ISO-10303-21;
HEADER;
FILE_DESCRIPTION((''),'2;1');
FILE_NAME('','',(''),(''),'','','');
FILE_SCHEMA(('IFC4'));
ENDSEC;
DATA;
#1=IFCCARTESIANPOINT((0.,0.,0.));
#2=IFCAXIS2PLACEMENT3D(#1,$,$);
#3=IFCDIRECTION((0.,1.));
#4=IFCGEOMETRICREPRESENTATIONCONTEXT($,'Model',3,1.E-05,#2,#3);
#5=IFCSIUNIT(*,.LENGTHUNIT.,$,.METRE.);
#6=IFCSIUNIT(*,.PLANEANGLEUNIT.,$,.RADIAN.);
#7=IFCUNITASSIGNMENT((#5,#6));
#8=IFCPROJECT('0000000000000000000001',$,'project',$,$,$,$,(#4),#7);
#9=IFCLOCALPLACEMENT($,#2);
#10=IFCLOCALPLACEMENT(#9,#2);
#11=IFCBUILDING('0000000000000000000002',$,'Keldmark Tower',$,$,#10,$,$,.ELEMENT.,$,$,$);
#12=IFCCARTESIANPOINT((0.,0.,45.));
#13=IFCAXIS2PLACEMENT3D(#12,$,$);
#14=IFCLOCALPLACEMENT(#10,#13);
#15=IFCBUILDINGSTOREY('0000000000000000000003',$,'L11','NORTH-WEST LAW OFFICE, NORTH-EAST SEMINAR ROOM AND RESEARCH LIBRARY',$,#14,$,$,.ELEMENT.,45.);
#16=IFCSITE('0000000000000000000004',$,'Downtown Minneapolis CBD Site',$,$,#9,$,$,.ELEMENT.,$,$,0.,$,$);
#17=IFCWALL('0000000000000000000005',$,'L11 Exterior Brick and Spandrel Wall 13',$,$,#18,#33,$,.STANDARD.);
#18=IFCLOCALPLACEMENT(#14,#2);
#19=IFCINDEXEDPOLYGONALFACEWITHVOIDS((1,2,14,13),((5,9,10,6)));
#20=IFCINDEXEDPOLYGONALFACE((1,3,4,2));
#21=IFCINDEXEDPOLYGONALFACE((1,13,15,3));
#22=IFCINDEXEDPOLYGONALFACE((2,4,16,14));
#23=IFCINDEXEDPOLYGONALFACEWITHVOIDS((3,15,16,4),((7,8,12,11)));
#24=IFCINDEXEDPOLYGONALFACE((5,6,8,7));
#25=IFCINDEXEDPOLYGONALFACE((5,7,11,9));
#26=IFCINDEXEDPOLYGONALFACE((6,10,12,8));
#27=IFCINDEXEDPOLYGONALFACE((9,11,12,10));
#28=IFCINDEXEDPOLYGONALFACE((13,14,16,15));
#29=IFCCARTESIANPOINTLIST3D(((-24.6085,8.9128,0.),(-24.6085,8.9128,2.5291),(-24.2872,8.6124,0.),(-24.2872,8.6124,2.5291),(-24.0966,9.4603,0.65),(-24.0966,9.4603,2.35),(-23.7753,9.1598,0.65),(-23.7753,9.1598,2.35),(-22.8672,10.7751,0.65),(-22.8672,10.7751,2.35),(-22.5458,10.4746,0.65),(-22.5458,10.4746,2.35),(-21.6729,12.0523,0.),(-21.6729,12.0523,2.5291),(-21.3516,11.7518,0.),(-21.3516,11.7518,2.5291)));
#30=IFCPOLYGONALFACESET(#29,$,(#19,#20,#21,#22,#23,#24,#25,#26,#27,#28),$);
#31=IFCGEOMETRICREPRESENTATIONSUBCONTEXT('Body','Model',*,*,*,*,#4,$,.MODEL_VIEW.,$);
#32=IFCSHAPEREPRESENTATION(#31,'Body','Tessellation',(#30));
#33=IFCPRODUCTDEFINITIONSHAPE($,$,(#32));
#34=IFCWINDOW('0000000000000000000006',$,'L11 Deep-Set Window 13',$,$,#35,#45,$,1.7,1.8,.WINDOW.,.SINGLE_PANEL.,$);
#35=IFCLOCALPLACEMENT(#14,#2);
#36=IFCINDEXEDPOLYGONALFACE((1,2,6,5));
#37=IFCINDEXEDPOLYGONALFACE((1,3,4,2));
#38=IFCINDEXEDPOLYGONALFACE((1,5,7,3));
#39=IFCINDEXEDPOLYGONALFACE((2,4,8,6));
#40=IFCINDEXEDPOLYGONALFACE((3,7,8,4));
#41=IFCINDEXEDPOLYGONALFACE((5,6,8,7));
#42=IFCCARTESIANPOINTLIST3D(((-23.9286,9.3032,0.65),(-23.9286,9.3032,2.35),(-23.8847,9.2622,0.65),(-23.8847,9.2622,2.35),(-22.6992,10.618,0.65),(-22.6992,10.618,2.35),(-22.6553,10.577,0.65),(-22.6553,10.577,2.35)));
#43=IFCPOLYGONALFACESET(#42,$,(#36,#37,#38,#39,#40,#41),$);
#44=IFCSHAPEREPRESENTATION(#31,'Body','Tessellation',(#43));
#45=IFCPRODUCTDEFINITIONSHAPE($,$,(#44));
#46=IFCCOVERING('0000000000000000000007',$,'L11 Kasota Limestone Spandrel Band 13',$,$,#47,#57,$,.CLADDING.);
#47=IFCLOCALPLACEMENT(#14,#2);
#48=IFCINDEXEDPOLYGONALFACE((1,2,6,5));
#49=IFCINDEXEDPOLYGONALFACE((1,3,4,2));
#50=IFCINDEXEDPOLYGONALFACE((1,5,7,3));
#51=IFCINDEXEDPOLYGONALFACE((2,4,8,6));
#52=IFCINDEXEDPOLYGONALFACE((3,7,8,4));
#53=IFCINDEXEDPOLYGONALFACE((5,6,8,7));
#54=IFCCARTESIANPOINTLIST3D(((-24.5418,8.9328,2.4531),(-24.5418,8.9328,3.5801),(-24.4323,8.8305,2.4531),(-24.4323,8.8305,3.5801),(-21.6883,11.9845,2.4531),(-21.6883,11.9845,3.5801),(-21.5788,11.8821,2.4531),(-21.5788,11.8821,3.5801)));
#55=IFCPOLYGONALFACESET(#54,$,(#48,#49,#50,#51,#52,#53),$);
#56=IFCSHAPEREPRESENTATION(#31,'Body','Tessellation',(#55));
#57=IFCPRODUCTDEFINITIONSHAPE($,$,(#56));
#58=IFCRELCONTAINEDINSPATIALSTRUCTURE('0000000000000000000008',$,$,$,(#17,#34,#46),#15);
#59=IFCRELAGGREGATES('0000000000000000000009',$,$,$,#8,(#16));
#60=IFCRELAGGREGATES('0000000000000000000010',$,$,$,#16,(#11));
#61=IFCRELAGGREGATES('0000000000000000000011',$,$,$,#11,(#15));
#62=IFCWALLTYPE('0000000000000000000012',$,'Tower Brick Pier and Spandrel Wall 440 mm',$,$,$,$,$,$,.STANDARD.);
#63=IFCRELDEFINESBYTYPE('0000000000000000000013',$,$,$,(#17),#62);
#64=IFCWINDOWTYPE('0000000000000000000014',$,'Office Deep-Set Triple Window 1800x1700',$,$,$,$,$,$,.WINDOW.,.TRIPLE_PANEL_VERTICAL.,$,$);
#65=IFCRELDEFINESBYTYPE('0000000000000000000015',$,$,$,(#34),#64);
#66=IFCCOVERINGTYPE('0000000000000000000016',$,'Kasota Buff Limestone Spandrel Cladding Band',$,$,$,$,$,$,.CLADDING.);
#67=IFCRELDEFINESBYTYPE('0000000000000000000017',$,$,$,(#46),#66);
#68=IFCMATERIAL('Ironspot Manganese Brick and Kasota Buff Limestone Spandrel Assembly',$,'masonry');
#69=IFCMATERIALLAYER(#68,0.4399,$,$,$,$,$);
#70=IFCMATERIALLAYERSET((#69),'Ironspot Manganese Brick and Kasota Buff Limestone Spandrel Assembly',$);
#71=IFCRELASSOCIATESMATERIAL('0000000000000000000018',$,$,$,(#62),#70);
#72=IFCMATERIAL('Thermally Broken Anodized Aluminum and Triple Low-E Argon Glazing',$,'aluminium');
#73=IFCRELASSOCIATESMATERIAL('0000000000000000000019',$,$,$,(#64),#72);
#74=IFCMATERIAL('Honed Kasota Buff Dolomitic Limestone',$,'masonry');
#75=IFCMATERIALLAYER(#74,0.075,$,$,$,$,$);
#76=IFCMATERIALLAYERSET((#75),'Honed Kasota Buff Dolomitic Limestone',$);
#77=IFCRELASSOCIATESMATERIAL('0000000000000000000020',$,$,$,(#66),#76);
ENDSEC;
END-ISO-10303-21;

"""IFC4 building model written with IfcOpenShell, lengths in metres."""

from ifc_helpers import new_model, si_unit, direction, frame, frame_2d, origin, origin_2d, place, context, subcontext, project, spatial, rectangle, extrude, material, layer, layer_set, type_object, element, fill, save


model = new_model("IFC4")

# Units and contexts
model_context = context("Model", 3, precision=1e-05, world=origin(), true_north=direction((0.0, 1.0)))
body_context = subcontext(model_context, "Body", "Model", "MODEL_VIEW")
ifc_project = project(units=[si_unit("LENGTHUNIT", "METRE"), si_unit("PLANEANGLEUNIT", "RADIAN")], contexts=[model_context])

# Site, building, storey
site_placement = place(None, origin())
site = spatial("IfcSite", under=ifc_project, at=site_placement, Name="Downtown Minneapolis CBD Site", CompositionType="ELEMENT", RefElevation=0.0)
building_placement = place(site_placement, origin())
building = spatial("IfcBuilding", under=site, at=building_placement, Name="Keldmark Tower", CompositionType="ELEMENT")
storey_placement = place(building_placement, frame((0.0, 0.0, 45.0)))
storey = spatial("IfcBuildingStorey", under=building, at=storey_placement, Name="L11", Description="NORTH-WEST LAW OFFICE, NORTH-EAST SEMINAR ROOM AND RESEARCH LIBRARY", CompositionType="ELEMENT", Elevation=45.0)

# Wall, opening, window
ifc_material_1 = material(Name="Ironspot Manganese Brick and Kasota Buff Limestone Spandrel Assembly", Category="masonry")
ifc_layer_1 = layer(ifc_material_1, 0.4399)
ifc_layer_set_1 = layer_set([ifc_layer_1], Name="Ironspot Manganese Brick and Kasota Buff Limestone Spandrel Assembly")
wall_type_1 = type_object("IfcWallType", Name="Tower Brick Pier and Spandrel Wall 440 mm", PredefinedType="STANDARD", material=ifc_layer_set_1)
ifc_material_2 = material(Name="Thermally Broken Anodized Aluminum and Triple Low-E Argon Glazing", Category="aluminium")
window_type = type_object("IfcWindowType", Name="Office Deep-Set Triple Window 1800x1700", PartitioningType="TRIPLE_PANEL_VERTICAL", PredefinedType="WINDOW", material=ifc_material_2)
wall_1_placement = place(storey_placement, frame((-24.4478, 8.7627, 0.0), z_axis=(0.0, 0.0, 1.0), x_axis=(0.682994, 0.730424, 0.0)))
wall_1 = element("IfcWall", 1, at=wall_1_placement, inside=storey, type_object=wall_type_1, Name="L11 Exterior Brick and Spandrel Wall 13", PredefinedType="STANDARD", context=body_context, shape_type="SweptSolid", body=[
    extrude(rectangle(XDim=4.2981, YDim=0.4399, at=frame_2d((2.1489, 0.0))), origin(), (0.0, 0.0, 1.0), 2.5291),
])
opening_1_placement = place(wall_1_placement, frame((0.7495, 0.0, 0.6499)))
opening_1 = element("IfcOpeningElement", 2, at=opening_1_placement, cuts=wall_1, PredefinedType="OPENING", context=body_context, shape_type="SweptSolid", body=[
    extrude(rectangle(XDim=1.8, YDim=1.7, at=frame_2d((0.8999, 0.8501))), frame((0.0, 0.23, 0.0), z_axis=(0.0, -1.0, 0.0), x_axis=(1.0, 0.0, 0.0)), (0.0, 0.0, 1.0), 0.46),
])
window_1_placement = place(opening_1_placement, origin())
window_1 = element("IfcWindow", 3, at=window_1_placement, inside=storey, type_object=window_type, Name="L11 Deep-Set Window 13", OverallHeight=1.7, OverallWidth=1.8, PartitioningType="SINGLE_PANEL", PredefinedType="WINDOW", context=body_context, shape_type="SweptSolid", body=[
    extrude(rectangle(XDim=1.8, YDim=1.7, at=frame_2d((0.8999, 0.8501))), frame((0.0, -0.01, 0.0), z_axis=(0.0, -1.0, 0.0), x_axis=(1.0, 0.0, 0.0)), (0.0, 0.0, 1.0), 0.0601),
])
fill(opening_1, window_1)

# Covering
ifc_material_3 = material(Name="Honed Kasota Buff Dolomitic Limestone", Category="masonry")
ifc_layer_2 = layer(ifc_material_3, 0.075)
ifc_layer_set_2 = layer_set([ifc_layer_2], Name="Honed Kasota Buff Dolomitic Limestone")
covering_type = type_object("IfcCoveringType", Name="Kasota Buff Limestone Spandrel Cladding Band", PredefinedType="CLADDING", material=ifc_layer_set_2)
covering_placement = place(storey_placement, frame((-23.0603, 10.4075, 2.4531), z_axis=(0.0, 0.0, 1.0), x_axis=(-0.683006, -0.730413, 0.0)))
element("IfcCovering", 4, at=covering_placement, inside=storey, type_object=covering_type, Name="L11 Kasota Limestone Spandrel Band 13", PredefinedType="CLADDING", context=body_context, shape_type="SweptSolid", body=[
    extrude(rectangle(XDim=4.178, YDim=0.1499, at=origin_2d()), origin(), (0.0, 0.0, 1.0), 1.127),
])

save(model, "model.ifc")
